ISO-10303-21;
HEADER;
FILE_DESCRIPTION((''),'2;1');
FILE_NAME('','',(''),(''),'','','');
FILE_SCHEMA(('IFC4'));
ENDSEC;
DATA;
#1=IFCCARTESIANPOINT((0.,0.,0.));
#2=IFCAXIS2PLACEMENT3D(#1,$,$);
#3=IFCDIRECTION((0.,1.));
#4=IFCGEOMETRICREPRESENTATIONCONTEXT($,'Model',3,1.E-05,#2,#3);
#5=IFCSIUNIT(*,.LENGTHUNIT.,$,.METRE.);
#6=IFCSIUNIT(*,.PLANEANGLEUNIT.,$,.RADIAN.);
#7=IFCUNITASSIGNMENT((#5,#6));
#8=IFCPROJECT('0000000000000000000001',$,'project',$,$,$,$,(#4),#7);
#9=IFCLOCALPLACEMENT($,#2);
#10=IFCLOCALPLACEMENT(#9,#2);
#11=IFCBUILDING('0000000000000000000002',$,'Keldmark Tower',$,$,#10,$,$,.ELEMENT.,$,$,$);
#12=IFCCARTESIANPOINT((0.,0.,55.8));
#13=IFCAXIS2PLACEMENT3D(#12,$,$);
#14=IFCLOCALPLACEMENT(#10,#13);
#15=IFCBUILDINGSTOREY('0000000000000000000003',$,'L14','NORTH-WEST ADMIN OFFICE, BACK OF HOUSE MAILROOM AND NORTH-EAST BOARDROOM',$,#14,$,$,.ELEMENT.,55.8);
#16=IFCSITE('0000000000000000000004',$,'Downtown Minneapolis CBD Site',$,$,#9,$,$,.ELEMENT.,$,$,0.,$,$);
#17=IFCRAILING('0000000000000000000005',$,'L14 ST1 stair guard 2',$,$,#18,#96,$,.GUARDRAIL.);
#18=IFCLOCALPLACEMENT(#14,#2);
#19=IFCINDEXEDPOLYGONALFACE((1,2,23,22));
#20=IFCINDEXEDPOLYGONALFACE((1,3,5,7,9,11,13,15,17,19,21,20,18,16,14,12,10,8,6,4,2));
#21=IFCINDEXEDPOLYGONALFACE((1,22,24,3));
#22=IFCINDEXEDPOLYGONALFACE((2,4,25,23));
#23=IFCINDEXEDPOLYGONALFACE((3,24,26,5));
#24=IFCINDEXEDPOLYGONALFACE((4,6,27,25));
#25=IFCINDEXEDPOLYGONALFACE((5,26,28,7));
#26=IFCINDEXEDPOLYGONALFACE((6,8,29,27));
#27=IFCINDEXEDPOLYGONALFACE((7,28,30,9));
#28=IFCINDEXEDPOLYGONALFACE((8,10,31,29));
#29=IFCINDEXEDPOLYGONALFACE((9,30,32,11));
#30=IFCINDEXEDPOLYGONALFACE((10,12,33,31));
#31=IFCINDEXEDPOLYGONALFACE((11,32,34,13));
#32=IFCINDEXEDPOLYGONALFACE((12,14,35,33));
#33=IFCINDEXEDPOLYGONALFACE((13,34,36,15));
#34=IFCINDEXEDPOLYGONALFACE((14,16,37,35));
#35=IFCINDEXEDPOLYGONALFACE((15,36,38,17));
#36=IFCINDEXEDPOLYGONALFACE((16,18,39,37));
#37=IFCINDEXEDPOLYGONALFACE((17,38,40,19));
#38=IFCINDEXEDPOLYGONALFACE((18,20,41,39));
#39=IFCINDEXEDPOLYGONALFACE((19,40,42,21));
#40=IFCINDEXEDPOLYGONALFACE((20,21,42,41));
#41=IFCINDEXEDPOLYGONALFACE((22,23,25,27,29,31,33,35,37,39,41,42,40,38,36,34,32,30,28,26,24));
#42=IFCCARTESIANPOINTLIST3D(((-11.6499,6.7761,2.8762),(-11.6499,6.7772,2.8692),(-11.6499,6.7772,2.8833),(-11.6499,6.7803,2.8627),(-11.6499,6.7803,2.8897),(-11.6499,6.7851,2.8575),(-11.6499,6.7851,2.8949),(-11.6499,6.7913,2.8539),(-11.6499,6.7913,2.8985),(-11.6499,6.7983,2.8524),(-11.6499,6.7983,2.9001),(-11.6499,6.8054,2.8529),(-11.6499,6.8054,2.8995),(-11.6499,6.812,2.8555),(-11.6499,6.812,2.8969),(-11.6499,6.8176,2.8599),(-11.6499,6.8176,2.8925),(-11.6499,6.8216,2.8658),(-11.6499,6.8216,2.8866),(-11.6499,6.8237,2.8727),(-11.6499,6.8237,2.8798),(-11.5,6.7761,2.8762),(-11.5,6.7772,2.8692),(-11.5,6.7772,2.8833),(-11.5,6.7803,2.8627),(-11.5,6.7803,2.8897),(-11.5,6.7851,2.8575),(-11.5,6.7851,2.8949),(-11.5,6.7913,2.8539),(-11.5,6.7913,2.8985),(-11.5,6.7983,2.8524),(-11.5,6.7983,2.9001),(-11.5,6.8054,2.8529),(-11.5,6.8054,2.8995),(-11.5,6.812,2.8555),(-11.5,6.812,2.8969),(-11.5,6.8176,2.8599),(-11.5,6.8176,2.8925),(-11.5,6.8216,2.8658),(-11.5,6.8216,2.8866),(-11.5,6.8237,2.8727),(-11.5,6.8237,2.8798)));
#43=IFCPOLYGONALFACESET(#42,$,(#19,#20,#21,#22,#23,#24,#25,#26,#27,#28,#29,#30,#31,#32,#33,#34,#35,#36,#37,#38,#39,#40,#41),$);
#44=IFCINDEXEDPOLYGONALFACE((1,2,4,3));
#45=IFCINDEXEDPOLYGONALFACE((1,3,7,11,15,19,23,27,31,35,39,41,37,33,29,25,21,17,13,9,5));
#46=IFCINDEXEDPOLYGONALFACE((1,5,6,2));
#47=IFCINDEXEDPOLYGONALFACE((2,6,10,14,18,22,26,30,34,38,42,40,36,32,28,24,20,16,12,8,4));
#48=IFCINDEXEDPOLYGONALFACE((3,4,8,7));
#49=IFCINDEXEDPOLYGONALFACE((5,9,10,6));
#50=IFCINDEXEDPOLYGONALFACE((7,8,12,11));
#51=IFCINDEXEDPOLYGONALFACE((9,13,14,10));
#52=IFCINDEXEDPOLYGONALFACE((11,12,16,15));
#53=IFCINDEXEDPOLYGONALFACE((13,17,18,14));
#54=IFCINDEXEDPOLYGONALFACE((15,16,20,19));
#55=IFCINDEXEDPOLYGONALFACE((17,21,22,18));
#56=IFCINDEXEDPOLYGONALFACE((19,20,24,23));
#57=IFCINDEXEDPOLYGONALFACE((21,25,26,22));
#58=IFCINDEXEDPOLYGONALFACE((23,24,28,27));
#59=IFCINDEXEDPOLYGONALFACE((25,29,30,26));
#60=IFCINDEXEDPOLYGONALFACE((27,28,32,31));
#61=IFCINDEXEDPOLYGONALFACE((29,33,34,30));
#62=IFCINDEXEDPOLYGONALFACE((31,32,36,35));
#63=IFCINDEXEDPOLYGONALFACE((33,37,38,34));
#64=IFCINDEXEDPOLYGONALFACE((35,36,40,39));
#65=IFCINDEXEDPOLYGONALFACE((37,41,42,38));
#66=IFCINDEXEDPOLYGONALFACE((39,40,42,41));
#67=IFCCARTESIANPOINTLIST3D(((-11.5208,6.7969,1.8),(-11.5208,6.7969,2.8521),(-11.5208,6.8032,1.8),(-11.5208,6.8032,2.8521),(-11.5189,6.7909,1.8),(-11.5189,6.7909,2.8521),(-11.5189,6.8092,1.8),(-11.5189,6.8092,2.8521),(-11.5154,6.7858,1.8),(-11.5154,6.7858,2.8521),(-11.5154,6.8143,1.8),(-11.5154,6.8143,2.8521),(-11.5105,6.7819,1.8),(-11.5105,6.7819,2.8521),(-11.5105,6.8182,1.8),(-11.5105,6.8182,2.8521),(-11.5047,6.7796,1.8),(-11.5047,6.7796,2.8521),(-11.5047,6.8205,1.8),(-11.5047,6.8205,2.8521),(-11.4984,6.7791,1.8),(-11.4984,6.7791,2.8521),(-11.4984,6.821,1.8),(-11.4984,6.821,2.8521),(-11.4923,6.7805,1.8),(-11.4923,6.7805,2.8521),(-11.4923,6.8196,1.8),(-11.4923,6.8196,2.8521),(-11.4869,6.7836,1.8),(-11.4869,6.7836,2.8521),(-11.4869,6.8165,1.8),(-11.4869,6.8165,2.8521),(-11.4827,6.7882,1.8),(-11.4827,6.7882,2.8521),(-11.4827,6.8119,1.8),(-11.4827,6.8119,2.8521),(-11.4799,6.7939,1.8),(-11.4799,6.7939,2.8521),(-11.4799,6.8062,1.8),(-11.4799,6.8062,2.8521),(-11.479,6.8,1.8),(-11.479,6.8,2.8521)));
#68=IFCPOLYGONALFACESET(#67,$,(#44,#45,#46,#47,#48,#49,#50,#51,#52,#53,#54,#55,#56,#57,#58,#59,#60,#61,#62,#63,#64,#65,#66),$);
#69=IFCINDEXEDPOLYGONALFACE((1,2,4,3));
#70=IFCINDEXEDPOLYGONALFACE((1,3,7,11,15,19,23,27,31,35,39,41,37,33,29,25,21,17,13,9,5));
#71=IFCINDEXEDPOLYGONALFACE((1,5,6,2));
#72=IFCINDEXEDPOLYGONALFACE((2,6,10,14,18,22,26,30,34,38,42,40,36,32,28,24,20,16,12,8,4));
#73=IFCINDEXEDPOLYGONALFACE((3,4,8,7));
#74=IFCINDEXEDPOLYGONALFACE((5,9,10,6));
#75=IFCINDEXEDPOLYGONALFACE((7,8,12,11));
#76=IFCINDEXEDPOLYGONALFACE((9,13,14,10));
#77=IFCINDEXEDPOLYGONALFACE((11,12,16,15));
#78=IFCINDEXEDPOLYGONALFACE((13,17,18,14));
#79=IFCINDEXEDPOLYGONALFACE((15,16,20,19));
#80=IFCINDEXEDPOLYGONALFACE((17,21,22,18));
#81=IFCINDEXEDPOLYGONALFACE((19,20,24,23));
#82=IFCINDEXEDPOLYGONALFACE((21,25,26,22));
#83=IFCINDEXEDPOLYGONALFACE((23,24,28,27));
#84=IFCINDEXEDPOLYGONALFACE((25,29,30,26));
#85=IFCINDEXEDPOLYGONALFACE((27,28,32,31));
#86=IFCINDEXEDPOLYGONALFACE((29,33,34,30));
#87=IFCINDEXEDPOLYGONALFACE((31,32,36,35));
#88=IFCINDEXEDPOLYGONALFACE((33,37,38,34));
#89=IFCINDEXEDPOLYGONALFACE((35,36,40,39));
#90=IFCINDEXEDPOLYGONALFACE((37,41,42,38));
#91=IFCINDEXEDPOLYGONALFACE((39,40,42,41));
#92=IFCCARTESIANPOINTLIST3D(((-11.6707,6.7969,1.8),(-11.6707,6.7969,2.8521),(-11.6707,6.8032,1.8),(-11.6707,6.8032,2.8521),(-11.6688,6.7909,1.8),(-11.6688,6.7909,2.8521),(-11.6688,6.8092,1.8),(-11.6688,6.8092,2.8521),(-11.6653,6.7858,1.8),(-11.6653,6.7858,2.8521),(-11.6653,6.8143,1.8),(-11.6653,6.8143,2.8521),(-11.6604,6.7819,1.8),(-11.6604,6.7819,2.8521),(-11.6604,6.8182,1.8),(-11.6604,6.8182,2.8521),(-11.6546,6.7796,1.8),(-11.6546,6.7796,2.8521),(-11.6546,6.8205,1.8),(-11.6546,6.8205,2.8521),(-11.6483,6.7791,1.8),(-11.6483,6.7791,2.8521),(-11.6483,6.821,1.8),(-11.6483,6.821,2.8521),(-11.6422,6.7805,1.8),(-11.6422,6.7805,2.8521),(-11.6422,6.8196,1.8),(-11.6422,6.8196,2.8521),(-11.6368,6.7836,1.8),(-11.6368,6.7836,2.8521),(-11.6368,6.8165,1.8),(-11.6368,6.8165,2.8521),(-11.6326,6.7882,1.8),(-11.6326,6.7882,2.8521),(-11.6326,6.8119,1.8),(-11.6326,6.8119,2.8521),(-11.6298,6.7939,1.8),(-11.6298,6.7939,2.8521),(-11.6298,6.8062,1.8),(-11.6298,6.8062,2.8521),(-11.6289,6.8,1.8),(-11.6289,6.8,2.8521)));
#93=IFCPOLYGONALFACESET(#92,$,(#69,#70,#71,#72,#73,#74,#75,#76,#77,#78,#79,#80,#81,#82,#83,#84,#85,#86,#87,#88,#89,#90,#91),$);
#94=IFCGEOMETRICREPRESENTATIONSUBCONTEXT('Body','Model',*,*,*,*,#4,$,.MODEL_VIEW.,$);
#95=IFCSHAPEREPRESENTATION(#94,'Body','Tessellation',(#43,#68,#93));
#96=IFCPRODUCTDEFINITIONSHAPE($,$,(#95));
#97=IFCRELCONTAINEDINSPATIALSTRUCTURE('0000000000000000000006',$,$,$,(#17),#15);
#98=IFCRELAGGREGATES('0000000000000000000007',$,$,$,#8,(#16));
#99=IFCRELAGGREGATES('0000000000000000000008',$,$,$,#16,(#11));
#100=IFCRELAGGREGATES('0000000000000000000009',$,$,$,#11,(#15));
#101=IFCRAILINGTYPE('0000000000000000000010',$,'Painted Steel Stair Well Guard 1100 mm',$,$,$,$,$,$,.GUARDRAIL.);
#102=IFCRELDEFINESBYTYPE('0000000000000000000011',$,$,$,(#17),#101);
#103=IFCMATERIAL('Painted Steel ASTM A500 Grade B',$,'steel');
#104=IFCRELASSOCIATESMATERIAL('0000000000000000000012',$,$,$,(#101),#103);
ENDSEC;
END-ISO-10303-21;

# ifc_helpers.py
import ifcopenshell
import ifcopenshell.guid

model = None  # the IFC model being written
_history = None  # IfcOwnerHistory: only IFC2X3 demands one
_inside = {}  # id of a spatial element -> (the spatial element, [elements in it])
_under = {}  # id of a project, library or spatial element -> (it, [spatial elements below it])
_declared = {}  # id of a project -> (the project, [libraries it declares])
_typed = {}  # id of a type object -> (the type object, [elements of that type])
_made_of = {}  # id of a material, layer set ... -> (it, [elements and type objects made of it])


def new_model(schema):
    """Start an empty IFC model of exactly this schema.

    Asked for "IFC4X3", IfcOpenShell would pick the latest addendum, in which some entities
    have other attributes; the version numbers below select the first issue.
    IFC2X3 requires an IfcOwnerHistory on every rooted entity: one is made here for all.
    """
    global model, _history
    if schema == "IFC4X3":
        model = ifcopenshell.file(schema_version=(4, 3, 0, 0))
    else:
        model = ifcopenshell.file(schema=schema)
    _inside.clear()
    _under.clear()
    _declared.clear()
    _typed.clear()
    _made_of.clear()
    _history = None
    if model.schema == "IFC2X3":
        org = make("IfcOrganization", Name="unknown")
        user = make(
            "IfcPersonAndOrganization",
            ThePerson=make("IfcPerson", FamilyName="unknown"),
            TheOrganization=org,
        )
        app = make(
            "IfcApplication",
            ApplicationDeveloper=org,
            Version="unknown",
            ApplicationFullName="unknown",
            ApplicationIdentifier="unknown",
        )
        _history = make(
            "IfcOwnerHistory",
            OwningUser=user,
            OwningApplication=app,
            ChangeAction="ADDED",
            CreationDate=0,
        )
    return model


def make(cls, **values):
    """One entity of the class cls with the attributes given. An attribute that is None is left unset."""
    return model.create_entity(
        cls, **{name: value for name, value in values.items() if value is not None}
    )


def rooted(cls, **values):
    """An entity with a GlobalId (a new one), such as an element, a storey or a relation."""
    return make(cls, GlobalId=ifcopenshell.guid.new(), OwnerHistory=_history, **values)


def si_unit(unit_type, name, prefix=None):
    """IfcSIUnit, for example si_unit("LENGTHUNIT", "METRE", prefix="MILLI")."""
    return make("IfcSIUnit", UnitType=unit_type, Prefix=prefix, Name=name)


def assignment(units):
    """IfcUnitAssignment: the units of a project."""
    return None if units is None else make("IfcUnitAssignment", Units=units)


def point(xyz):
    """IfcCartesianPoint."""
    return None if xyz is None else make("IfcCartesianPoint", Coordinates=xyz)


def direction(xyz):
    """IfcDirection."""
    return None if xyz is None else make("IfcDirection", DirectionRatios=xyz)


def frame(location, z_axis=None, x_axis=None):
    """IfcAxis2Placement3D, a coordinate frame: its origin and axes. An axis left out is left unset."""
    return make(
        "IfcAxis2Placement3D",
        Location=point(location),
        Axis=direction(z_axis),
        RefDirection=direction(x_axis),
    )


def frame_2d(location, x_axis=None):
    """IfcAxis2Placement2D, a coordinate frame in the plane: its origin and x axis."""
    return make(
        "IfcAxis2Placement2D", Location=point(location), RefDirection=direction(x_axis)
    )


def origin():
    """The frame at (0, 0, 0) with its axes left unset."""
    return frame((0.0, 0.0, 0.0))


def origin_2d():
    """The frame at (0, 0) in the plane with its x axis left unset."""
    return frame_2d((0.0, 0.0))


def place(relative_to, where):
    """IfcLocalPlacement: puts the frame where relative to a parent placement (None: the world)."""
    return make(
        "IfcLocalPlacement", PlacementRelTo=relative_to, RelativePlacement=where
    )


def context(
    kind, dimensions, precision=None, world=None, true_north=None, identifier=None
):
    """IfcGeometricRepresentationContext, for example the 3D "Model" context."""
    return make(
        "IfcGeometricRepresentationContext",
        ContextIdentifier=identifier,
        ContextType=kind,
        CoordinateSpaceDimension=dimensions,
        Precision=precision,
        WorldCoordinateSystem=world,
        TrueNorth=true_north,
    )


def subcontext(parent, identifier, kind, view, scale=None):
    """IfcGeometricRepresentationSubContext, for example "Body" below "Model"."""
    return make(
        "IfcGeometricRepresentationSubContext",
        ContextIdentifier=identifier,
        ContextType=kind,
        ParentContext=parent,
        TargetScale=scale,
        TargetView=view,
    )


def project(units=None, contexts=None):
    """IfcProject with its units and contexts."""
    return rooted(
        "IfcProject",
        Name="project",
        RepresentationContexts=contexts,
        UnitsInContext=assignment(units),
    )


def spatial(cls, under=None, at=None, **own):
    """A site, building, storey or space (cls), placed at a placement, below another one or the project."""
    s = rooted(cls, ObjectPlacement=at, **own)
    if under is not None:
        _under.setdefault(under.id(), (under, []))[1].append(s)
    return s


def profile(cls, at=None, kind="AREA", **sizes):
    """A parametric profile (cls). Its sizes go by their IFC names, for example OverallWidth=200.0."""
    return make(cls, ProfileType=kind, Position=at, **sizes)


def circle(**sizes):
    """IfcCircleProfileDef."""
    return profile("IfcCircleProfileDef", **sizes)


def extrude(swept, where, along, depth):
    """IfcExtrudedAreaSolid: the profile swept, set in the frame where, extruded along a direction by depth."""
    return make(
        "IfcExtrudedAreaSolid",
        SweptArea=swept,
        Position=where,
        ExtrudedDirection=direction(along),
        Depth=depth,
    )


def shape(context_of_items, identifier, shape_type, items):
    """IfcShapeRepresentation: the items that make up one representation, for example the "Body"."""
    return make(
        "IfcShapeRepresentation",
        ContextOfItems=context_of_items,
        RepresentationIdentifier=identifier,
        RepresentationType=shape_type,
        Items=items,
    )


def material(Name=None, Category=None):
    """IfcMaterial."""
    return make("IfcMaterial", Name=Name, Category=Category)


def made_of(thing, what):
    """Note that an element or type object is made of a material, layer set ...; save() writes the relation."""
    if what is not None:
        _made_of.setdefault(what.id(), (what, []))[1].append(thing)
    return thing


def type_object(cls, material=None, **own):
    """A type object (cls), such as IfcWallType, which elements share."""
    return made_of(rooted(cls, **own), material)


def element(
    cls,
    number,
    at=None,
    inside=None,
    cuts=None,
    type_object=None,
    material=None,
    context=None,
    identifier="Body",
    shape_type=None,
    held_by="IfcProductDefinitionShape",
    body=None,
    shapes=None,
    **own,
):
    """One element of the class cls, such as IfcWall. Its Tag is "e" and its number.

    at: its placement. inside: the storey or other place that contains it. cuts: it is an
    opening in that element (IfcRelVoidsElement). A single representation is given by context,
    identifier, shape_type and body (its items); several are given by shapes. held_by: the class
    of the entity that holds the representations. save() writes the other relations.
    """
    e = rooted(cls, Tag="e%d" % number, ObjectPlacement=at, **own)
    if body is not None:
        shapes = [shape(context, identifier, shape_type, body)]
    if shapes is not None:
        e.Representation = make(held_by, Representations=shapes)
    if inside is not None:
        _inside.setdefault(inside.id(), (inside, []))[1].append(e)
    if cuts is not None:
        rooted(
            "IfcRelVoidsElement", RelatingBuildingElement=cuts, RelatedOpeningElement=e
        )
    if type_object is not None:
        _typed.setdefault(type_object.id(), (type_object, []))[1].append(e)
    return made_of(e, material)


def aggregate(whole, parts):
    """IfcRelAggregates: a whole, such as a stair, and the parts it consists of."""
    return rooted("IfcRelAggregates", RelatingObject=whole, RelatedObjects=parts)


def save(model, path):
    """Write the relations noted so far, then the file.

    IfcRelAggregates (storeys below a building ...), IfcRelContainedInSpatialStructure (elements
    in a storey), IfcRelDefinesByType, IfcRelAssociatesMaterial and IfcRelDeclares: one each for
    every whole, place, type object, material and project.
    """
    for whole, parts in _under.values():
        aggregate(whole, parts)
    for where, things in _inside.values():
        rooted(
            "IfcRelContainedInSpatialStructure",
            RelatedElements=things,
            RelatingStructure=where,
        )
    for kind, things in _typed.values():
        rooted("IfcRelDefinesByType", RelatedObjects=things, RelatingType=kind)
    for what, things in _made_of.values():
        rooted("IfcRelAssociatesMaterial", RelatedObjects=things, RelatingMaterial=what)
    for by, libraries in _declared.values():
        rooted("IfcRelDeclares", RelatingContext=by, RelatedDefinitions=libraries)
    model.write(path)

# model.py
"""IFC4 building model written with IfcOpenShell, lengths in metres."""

from ifc_helpers import new_model, si_unit, direction, frame, origin, origin_2d, place, context, subcontext, project, spatial, circle, extrude, material, type_object, element, save


model = new_model("IFC4")

# Units and contexts
model_context = context("Model", 3, precision=1e-05, world=origin(), true_north=direction((0.0, 1.0)))
body_context = subcontext(model_context, "Body", "Model", "MODEL_VIEW")
ifc_project = project(units=[si_unit("LENGTHUNIT", "METRE"), si_unit("PLANEANGLEUNIT", "RADIAN")], contexts=[model_context])

# Site, building, storey
site_placement = place(None, origin())
site = spatial("IfcSite", under=ifc_project, at=site_placement, Name="Downtown Minneapolis CBD Site", CompositionType="ELEMENT", RefElevation=0.0)
building_placement = place(site_placement, origin())
building = spatial("IfcBuilding", under=site, at=building_placement, Name="Keldmark Tower", CompositionType="ELEMENT")
storey_placement = place(building_placement, frame((0.0, 0.0, 55.8)))
storey = spatial("IfcBuildingStorey", under=building, at=storey_placement, Name="L14", Description="NORTH-WEST ADMIN OFFICE, BACK OF HOUSE MAILROOM AND NORTH-EAST BOARDROOM", CompositionType="ELEMENT", Elevation=55.8)

# Railing
ifc_material_1 = material(Name="Painted Steel ASTM A500 Grade B", Category="steel")
railing_type_1 = type_object("IfcRailingType", Name="Painted Steel Stair Well Guard 1100 mm", PredefinedType="GUARDRAIL", material=ifc_material_1)
railing_1_placement = place(storey_placement, frame((-11.5, 6.8, 1.8)))
element("IfcRailing", 1, at=railing_1_placement, inside=storey, type_object=railing_type_1, Name="L14 ST1 stair guard 2", PredefinedType="GUARDRAIL", context=body_context, shape_type="SweptSolid", body=[
    extrude(circle(Radius=0.0239, at=origin_2d()), frame((0.0, 0.0, 1.0762), z_axis=(-1.0, 0.0, 0.0), x_axis=(0.0, -1.0, 0.0)), (0.0, 0.0, 1.0), 0.1499),
    extrude(circle(Radius=0.021, at=origin_2d()), origin(), (0.0, 0.0, 1.0), 1.052),
    extrude(circle(Radius=0.021, at=origin_2d()), frame((-0.1499, 0.0, 0.0)), (0.0, 0.0, 1.0), 1.052),
])

save(model, "model.ifc")
